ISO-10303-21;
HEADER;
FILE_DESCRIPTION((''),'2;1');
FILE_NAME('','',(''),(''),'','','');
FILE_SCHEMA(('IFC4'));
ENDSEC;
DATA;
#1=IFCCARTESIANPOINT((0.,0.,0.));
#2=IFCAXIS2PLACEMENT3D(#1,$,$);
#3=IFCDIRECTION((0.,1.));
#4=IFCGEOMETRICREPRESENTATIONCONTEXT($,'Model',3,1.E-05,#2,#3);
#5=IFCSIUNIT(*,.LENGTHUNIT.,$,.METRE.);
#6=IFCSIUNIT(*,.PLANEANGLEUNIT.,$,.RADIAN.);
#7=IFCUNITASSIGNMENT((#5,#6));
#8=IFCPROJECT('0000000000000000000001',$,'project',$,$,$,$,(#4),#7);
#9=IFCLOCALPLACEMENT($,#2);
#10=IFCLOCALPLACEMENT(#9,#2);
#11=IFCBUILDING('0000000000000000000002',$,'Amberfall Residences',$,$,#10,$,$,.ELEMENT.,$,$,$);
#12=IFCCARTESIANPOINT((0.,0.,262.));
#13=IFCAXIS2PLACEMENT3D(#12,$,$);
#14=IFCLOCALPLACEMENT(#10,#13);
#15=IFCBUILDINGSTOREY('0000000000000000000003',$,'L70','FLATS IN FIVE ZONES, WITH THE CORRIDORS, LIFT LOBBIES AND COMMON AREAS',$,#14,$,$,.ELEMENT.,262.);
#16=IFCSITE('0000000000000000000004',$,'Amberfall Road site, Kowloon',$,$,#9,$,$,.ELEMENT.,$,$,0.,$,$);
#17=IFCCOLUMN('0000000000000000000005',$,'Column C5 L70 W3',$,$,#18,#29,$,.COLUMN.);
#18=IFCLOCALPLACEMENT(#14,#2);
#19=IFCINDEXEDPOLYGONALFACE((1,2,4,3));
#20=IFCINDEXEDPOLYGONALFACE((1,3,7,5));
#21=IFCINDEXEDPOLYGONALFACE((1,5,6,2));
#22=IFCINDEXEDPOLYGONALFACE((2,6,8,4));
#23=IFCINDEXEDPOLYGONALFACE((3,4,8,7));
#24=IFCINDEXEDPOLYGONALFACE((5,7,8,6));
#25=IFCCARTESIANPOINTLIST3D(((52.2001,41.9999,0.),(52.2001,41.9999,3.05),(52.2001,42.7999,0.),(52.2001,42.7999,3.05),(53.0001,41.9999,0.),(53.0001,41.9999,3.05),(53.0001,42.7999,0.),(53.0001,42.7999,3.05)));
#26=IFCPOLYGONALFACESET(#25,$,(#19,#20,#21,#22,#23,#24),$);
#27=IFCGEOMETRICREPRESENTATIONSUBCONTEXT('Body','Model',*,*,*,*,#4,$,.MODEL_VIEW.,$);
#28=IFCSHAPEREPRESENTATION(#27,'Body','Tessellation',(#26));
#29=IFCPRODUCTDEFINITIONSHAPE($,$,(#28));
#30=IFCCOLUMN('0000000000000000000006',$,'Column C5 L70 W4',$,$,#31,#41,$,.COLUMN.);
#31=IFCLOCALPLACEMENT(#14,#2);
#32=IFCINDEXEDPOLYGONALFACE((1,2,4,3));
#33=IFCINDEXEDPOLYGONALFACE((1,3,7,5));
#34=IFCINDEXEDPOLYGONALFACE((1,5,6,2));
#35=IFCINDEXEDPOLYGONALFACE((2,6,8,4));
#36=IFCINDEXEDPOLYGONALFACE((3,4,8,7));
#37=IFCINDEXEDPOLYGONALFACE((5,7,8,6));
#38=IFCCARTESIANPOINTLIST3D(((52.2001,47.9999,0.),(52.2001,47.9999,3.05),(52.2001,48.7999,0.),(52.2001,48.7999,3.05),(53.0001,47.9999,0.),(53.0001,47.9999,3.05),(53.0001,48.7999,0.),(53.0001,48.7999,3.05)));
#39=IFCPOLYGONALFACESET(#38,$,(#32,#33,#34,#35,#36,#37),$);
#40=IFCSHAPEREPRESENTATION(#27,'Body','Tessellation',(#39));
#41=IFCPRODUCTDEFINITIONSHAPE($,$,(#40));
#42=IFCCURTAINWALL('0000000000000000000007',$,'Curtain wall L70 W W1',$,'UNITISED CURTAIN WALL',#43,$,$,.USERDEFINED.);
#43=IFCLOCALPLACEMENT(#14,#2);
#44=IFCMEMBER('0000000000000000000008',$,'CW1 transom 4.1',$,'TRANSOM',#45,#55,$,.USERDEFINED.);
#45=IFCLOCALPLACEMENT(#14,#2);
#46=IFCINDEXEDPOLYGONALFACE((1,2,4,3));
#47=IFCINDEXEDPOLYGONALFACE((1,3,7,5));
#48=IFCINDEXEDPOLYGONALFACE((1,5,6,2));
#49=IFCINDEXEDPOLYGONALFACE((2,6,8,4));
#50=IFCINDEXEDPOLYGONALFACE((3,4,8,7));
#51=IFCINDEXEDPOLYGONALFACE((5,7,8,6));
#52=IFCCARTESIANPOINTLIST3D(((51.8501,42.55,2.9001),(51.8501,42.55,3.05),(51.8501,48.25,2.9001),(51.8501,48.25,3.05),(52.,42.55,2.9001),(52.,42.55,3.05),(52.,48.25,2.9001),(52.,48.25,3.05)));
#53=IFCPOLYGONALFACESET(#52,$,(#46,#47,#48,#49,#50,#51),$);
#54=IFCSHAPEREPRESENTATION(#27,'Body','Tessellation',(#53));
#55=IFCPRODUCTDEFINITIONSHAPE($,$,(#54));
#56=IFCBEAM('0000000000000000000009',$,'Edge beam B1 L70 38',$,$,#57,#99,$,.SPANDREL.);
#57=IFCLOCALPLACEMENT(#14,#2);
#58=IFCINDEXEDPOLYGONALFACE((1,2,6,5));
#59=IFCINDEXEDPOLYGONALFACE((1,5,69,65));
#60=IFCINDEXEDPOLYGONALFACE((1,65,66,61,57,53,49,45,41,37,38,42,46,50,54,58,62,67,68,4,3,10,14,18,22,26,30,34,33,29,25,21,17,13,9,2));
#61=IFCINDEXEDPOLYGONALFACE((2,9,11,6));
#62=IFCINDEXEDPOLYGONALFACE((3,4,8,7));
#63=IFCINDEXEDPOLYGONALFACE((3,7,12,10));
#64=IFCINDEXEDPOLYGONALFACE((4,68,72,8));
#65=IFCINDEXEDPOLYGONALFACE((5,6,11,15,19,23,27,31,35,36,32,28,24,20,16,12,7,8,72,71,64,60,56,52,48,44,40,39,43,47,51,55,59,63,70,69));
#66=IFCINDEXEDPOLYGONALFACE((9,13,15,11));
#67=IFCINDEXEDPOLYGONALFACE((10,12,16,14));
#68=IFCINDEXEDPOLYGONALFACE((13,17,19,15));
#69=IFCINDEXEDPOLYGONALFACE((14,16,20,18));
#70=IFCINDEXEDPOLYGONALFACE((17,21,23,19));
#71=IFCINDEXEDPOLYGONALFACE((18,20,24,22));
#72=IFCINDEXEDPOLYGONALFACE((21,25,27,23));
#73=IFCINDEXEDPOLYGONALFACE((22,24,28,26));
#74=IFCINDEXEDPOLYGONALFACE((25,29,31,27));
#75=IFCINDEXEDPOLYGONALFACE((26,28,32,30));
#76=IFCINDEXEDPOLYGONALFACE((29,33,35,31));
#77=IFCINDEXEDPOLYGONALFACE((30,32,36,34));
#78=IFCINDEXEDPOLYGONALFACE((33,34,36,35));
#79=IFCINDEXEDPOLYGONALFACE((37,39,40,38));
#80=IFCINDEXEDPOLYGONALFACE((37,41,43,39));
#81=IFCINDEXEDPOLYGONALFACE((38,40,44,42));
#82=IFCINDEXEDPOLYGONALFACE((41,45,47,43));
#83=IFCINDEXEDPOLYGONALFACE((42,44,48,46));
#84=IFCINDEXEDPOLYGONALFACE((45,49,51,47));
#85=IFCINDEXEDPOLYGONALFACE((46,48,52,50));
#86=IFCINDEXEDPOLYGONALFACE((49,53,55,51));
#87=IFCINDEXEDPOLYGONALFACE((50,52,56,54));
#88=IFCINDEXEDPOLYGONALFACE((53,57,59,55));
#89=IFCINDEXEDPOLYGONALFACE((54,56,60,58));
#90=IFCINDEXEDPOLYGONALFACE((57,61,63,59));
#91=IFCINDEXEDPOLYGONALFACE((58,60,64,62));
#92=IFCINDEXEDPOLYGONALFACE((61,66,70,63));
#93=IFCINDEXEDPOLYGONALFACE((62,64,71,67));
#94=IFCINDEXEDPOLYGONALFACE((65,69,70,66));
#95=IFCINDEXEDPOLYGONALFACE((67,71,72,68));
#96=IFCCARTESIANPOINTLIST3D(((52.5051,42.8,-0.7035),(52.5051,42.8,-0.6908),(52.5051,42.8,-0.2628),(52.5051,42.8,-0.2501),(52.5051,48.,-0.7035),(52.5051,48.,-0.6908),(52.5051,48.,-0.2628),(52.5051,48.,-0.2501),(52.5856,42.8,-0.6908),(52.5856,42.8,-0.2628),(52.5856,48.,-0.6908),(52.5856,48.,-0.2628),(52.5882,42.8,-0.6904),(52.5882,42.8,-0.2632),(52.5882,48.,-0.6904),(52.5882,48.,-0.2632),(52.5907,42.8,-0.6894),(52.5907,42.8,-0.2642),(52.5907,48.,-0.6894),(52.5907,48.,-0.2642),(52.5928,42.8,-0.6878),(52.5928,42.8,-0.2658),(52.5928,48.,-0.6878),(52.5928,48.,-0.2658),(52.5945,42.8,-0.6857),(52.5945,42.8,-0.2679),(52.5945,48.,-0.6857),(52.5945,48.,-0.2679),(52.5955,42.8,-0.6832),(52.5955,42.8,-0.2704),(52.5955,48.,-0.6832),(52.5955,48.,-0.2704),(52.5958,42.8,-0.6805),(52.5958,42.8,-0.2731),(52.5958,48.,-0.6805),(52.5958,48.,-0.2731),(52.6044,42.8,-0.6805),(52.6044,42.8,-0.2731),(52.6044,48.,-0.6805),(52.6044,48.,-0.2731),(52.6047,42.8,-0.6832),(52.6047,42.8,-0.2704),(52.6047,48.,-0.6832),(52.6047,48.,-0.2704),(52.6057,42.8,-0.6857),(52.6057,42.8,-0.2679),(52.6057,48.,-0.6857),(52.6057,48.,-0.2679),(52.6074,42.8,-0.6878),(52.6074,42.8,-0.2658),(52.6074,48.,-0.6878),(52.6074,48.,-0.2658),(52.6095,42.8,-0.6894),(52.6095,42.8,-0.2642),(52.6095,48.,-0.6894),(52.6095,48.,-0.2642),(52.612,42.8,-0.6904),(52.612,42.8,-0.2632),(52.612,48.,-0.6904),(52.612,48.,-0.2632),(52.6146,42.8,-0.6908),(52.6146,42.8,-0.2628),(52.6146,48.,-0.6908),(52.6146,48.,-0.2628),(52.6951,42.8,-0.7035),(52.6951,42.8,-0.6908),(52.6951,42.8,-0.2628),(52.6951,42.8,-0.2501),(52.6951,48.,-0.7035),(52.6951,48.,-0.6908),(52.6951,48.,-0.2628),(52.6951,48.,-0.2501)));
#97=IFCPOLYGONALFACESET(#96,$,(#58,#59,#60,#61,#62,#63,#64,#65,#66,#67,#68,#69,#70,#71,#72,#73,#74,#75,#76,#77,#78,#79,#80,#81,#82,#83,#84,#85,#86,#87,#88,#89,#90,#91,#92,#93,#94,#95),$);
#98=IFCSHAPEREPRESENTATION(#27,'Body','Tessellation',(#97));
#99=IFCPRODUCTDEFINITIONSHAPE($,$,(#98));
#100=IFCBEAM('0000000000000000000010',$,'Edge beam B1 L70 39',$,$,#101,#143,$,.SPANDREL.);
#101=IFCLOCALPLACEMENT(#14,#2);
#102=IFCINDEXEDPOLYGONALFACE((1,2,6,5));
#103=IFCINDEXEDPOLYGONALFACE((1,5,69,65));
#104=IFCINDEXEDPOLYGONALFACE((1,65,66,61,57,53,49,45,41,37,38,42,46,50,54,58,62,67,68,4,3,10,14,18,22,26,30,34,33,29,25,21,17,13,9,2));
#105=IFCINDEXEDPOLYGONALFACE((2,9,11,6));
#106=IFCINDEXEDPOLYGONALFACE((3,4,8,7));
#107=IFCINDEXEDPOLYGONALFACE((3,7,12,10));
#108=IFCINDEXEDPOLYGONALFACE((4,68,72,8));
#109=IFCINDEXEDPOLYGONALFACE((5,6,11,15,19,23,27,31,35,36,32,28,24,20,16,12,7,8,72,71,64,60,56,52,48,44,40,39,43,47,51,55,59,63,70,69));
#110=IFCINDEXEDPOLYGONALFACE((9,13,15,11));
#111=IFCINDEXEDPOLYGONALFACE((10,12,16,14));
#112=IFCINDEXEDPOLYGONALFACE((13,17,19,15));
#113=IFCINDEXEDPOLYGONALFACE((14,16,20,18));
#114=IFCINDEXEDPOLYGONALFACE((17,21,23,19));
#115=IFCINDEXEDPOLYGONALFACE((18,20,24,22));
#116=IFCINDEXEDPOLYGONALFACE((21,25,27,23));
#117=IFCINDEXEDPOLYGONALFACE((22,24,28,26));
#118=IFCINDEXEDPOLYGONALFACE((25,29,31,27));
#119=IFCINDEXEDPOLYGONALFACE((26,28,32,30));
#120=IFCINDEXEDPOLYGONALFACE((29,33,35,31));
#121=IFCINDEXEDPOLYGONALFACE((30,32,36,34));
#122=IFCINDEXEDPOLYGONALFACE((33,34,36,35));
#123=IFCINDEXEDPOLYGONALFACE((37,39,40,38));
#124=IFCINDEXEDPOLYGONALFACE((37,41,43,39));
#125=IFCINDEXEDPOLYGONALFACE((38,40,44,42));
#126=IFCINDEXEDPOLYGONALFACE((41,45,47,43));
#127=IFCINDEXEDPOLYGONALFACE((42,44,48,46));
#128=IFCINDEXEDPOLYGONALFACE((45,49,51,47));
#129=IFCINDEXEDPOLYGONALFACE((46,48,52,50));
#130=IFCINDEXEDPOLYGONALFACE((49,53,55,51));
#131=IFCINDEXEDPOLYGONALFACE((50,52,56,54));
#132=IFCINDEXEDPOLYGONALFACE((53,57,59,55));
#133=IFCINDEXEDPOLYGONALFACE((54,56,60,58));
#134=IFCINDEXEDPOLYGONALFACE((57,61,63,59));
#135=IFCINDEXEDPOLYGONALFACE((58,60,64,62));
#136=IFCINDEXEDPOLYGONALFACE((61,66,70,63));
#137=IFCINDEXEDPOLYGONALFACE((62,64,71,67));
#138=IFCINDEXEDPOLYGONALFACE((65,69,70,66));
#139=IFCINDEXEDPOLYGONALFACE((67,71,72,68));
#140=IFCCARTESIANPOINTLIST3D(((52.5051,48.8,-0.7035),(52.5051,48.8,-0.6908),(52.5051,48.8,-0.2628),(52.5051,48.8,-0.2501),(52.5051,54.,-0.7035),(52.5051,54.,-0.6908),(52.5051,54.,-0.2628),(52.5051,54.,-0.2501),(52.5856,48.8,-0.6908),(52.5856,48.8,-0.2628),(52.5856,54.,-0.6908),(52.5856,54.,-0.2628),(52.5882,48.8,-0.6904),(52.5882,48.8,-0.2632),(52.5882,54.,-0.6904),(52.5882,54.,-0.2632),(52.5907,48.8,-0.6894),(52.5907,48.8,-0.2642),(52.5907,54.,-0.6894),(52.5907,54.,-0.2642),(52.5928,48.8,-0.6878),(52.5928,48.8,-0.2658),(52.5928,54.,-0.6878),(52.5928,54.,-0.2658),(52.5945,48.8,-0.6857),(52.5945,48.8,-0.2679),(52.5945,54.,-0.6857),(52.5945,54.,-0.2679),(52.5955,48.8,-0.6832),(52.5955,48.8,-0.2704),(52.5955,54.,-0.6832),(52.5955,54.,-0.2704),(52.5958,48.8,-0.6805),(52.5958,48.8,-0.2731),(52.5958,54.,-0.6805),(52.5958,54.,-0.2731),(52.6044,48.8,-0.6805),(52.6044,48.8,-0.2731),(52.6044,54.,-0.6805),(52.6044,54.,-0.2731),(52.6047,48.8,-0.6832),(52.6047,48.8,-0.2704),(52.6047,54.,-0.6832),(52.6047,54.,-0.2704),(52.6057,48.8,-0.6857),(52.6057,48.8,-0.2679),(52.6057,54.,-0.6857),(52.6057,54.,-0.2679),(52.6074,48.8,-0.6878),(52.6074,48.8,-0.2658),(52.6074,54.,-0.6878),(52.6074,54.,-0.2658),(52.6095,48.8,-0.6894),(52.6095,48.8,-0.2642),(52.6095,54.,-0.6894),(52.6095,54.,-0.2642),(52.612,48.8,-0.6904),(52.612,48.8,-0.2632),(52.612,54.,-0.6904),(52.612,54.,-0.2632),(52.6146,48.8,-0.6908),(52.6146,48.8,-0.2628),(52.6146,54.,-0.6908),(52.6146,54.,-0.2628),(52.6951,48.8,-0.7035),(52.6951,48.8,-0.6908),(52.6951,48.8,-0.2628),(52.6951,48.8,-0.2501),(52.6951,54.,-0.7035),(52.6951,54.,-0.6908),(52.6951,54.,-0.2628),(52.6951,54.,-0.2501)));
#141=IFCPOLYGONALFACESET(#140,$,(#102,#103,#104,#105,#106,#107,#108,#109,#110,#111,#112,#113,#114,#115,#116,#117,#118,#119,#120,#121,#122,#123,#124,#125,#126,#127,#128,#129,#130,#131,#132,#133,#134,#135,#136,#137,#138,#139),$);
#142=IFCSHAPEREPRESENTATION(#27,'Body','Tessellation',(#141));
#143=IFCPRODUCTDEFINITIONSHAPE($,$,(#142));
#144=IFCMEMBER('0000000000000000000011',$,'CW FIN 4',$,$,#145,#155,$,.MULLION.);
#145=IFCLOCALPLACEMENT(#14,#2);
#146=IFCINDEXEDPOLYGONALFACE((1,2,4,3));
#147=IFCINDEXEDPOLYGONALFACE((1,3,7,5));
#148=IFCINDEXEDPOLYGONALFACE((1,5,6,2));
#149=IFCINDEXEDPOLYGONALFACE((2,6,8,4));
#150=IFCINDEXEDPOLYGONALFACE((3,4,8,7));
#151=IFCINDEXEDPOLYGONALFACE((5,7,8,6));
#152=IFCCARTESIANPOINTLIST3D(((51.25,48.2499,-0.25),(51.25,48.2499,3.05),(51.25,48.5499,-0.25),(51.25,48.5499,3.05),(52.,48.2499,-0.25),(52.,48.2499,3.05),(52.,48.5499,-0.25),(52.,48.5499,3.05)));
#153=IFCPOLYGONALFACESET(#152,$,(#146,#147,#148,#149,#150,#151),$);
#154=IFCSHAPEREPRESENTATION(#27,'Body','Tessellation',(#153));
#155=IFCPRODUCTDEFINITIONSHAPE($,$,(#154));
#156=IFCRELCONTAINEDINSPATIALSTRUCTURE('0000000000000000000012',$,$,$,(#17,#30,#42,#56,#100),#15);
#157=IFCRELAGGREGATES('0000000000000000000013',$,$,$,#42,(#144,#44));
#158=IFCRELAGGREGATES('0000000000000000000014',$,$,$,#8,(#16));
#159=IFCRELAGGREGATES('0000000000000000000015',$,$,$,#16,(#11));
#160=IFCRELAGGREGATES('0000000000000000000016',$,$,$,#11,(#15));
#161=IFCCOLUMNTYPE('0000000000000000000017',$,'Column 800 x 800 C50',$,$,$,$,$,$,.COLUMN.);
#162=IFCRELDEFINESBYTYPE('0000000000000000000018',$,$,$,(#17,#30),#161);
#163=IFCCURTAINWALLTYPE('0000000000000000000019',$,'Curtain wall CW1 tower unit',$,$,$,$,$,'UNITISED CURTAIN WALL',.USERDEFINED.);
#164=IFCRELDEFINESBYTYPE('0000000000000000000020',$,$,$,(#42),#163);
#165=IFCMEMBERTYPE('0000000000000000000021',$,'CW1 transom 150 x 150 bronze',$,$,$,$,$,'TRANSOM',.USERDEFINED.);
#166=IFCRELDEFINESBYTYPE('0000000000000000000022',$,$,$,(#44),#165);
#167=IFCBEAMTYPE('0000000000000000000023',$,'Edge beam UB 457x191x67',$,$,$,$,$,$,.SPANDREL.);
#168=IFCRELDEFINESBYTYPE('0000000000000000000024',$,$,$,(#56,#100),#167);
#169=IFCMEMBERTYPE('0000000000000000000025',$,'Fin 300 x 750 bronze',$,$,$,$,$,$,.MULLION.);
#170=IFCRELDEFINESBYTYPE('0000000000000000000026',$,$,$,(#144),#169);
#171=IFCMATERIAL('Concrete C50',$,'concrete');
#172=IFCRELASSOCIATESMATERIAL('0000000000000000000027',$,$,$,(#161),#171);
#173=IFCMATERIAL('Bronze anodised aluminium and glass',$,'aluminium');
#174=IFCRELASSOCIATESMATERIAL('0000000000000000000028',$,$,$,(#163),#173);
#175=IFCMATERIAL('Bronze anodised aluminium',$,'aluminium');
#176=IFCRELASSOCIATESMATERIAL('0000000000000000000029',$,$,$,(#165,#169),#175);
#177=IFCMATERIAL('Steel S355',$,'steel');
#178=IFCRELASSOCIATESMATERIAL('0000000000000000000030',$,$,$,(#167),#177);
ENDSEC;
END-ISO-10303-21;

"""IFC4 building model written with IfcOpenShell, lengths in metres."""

from ifc_helpers import new_model, si_unit, direction, frame, origin, origin_2d, place, context, subcontext, project, spatial, rectangle, i_section, extrude, material, material_profile, profile_set, type_object, element, aggregate, save


model = new_model("IFC4")

# Units and contexts
model_context = context("Model", 3, precision=1e-05, world=origin(), true_north=direction((0.0, 1.0)))
body_context = subcontext(model_context, "Body", "Model", "MODEL_VIEW")
ifc_project = project(units=[si_unit("LENGTHUNIT", "METRE"), si_unit("PLANEANGLEUNIT", "RADIAN")], contexts=[model_context])

# Site, building, storey
site_placement = place(None, origin())
site = spatial("IfcSite", under=ifc_project, at=site_placement, Name="Amberfall Road site, Kowloon", CompositionType="ELEMENT", RefElevation=0.0)
building_placement = place(site_placement, origin())
building = spatial("IfcBuilding", under=site, at=building_placement, Name="Amberfall Residences", CompositionType="ELEMENT")
storey_placement = place(building_placement, frame((0.0, 0.0, 262.0)))
storey = spatial("IfcBuildingStorey", under=building, at=storey_placement, Name="L70", Description="FLATS IN FIVE ZONES, WITH THE CORRIDORS, LIFT LOBBIES AND COMMON AREAS", CompositionType="ELEMENT", Elevation=262.0)

# Columns
ifc_material_1 = material(Name="Concrete C50", Category="concrete")
ifc_material_profile_1 = material_profile(ifc_material_1, rectangle(XDim=0.8, YDim=0.8, at=origin_2d()), Name="Column 800 x 800 C50")
ifc_profile_set_1 = profile_set([ifc_material_profile_1], Name="Concrete C50")
column_type = type_object("IfcColumnType", Name="Column 800 x 800 C50", PredefinedType="COLUMN", material=ifc_profile_set_1)
for number, where, z_axis, x_axis, name in (
    (1, (52.6001, 42.3999, 0.0), (0.0, 0.0, 1.0), (1.0, 0.0, 0.0), "Column C5 L70 W3"),
    (2, (52.6001, 48.3999, 0.0), (0.0, 0.0, 1.0), (1.0, 0.0, 0.0), "Column C5 L70 W4"),
):
    element("IfcColumn", number, at=place(storey_placement, frame(where, z_axis=z_axis, x_axis=x_axis)), inside=storey, type_object=column_type, Name=name, PredefinedType="COLUMN", context=body_context, shape_type="SweptSolid", body=[
        extrude(rectangle(XDim=0.8, YDim=0.8, at=origin_2d()), origin(), (0.0, 0.0, 1.0), 3.05),
    ])

# Curtain wall, member
ifc_material_2 = material(Name="Bronze anodised aluminium and glass", Category="aluminium")
curtain_wall_type = type_object("IfcCurtainWallType", Name="Curtain wall CW1 tower unit", ElementType="UNITISED CURTAIN WALL", PredefinedType="USERDEFINED", material=ifc_material_2)
curtain_wall_placement = place(storey_placement, origin())
curtain_wall = element("IfcCurtainWall", 3, at=curtain_wall_placement, inside=storey, type_object=curtain_wall_type, Name="Curtain wall L70 W W1", ObjectType="UNITISED CURTAIN WALL", PredefinedType="USERDEFINED")
ifc_material_3 = material(Name="Bronze anodised aluminium", Category="aluminium")
ifc_material_profile_2 = material_profile(ifc_material_3, rectangle(XDim=0.1499, YDim=0.1499, at=origin_2d()), Name="CW1 transom 150 x 150 bronze")
ifc_profile_set_2 = profile_set([ifc_material_profile_2], Name="Bronze anodised aluminium")
member_type_1 = type_object("IfcMemberType", Name="CW1 transom 150 x 150 bronze", ElementType="TRANSOM", PredefinedType="USERDEFINED", material=ifc_profile_set_2)
member_1_placement = place(storey_placement, frame((51.925, 48.25, 2.9751), z_axis=(0.0, -1.0, 0.0), x_axis=(1.0, 0.0, 0.0)))
member_1 = element("IfcMember", 4, at=member_1_placement, type_object=member_type_1, Name="CW1 transom 4.1", ObjectType="TRANSOM", PredefinedType="USERDEFINED", context=body_context, shape_type="SweptSolid", body=[
    extrude(rectangle(XDim=0.1499, YDim=0.1499, at=origin_2d()), origin(), (0.0, 0.0, 1.0), 5.7),
])

# Beams
ifc_material_4 = material(Name="Steel S355", Category="steel")
ifc_material_profile_3 = material_profile(ifc_material_4, i_section(OverallWidth=0.1899, OverallDepth=0.4534, WebThickness=0.0085, FlangeThickness=0.0127, FilletRadius=0.0103, at=origin_2d()), Name="UB 457x191x67")
ifc_profile_set_3 = profile_set([ifc_material_profile_3], Name="Steel S355")
beam_type_1 = type_object("IfcBeamType", Name="Edge beam UB 457x191x67", PredefinedType="SPANDREL", material=ifc_profile_set_3)
for number, where, z_axis, x_axis, name in (
    (5, (52.6001, 42.8, -0.4768), (0.0, 1.0, 0.0), (-1.0, 0.0, 0.0), "Edge beam B1 L70 38"),
    (6, (52.6001, 48.8, -0.4768), (0.0, 1.0, 0.0), (-1.0, 0.0, 0.0), "Edge beam B1 L70 39"),
):
    element("IfcBeam", number, at=place(storey_placement, frame(where, z_axis=z_axis, x_axis=x_axis)), inside=storey, type_object=beam_type_1, Name=name, PredefinedType="SPANDREL", context=body_context, shape_type="SweptSolid", body=[
        extrude(i_section(OverallWidth=0.1899, OverallDepth=0.4534, WebThickness=0.0085, FlangeThickness=0.0127, FilletRadius=0.0103, at=origin_2d()), origin(), (0.0, 0.0, 1.0), 5.2),
    ])

# Member
ifc_material_profile_4 = material_profile(ifc_material_3, rectangle(XDim=0.75, YDim=0.3, at=origin_2d()), Name="Fin 300 x 750 bronze")
ifc_profile_set_4 = profile_set([ifc_material_profile_4], Name="Bronze anodised aluminium")
member_type_2 = type_object("IfcMemberType", Name="Fin 300 x 750 bronze", PredefinedType="MULLION", material=ifc_profile_set_4)
member_2_placement = place(storey_placement, frame((51.625, 48.3999, -0.25), z_axis=(0.0, 0.0, 1.0), x_axis=(1.0, 0.0, 0.0)))
member_2 = element("IfcMember", 7, at=member_2_placement, type_object=member_type_2, Name="CW FIN 4", PredefinedType="MULLION", context=body_context, shape_type="SweptSolid", body=[
    extrude(rectangle(XDim=0.75, YDim=0.3, at=origin_2d()), origin(), (0.0, 0.0, 1.0), 3.3),
])

aggregate(curtain_wall, [member_2, member_1])

save(model, "model.ifc")
